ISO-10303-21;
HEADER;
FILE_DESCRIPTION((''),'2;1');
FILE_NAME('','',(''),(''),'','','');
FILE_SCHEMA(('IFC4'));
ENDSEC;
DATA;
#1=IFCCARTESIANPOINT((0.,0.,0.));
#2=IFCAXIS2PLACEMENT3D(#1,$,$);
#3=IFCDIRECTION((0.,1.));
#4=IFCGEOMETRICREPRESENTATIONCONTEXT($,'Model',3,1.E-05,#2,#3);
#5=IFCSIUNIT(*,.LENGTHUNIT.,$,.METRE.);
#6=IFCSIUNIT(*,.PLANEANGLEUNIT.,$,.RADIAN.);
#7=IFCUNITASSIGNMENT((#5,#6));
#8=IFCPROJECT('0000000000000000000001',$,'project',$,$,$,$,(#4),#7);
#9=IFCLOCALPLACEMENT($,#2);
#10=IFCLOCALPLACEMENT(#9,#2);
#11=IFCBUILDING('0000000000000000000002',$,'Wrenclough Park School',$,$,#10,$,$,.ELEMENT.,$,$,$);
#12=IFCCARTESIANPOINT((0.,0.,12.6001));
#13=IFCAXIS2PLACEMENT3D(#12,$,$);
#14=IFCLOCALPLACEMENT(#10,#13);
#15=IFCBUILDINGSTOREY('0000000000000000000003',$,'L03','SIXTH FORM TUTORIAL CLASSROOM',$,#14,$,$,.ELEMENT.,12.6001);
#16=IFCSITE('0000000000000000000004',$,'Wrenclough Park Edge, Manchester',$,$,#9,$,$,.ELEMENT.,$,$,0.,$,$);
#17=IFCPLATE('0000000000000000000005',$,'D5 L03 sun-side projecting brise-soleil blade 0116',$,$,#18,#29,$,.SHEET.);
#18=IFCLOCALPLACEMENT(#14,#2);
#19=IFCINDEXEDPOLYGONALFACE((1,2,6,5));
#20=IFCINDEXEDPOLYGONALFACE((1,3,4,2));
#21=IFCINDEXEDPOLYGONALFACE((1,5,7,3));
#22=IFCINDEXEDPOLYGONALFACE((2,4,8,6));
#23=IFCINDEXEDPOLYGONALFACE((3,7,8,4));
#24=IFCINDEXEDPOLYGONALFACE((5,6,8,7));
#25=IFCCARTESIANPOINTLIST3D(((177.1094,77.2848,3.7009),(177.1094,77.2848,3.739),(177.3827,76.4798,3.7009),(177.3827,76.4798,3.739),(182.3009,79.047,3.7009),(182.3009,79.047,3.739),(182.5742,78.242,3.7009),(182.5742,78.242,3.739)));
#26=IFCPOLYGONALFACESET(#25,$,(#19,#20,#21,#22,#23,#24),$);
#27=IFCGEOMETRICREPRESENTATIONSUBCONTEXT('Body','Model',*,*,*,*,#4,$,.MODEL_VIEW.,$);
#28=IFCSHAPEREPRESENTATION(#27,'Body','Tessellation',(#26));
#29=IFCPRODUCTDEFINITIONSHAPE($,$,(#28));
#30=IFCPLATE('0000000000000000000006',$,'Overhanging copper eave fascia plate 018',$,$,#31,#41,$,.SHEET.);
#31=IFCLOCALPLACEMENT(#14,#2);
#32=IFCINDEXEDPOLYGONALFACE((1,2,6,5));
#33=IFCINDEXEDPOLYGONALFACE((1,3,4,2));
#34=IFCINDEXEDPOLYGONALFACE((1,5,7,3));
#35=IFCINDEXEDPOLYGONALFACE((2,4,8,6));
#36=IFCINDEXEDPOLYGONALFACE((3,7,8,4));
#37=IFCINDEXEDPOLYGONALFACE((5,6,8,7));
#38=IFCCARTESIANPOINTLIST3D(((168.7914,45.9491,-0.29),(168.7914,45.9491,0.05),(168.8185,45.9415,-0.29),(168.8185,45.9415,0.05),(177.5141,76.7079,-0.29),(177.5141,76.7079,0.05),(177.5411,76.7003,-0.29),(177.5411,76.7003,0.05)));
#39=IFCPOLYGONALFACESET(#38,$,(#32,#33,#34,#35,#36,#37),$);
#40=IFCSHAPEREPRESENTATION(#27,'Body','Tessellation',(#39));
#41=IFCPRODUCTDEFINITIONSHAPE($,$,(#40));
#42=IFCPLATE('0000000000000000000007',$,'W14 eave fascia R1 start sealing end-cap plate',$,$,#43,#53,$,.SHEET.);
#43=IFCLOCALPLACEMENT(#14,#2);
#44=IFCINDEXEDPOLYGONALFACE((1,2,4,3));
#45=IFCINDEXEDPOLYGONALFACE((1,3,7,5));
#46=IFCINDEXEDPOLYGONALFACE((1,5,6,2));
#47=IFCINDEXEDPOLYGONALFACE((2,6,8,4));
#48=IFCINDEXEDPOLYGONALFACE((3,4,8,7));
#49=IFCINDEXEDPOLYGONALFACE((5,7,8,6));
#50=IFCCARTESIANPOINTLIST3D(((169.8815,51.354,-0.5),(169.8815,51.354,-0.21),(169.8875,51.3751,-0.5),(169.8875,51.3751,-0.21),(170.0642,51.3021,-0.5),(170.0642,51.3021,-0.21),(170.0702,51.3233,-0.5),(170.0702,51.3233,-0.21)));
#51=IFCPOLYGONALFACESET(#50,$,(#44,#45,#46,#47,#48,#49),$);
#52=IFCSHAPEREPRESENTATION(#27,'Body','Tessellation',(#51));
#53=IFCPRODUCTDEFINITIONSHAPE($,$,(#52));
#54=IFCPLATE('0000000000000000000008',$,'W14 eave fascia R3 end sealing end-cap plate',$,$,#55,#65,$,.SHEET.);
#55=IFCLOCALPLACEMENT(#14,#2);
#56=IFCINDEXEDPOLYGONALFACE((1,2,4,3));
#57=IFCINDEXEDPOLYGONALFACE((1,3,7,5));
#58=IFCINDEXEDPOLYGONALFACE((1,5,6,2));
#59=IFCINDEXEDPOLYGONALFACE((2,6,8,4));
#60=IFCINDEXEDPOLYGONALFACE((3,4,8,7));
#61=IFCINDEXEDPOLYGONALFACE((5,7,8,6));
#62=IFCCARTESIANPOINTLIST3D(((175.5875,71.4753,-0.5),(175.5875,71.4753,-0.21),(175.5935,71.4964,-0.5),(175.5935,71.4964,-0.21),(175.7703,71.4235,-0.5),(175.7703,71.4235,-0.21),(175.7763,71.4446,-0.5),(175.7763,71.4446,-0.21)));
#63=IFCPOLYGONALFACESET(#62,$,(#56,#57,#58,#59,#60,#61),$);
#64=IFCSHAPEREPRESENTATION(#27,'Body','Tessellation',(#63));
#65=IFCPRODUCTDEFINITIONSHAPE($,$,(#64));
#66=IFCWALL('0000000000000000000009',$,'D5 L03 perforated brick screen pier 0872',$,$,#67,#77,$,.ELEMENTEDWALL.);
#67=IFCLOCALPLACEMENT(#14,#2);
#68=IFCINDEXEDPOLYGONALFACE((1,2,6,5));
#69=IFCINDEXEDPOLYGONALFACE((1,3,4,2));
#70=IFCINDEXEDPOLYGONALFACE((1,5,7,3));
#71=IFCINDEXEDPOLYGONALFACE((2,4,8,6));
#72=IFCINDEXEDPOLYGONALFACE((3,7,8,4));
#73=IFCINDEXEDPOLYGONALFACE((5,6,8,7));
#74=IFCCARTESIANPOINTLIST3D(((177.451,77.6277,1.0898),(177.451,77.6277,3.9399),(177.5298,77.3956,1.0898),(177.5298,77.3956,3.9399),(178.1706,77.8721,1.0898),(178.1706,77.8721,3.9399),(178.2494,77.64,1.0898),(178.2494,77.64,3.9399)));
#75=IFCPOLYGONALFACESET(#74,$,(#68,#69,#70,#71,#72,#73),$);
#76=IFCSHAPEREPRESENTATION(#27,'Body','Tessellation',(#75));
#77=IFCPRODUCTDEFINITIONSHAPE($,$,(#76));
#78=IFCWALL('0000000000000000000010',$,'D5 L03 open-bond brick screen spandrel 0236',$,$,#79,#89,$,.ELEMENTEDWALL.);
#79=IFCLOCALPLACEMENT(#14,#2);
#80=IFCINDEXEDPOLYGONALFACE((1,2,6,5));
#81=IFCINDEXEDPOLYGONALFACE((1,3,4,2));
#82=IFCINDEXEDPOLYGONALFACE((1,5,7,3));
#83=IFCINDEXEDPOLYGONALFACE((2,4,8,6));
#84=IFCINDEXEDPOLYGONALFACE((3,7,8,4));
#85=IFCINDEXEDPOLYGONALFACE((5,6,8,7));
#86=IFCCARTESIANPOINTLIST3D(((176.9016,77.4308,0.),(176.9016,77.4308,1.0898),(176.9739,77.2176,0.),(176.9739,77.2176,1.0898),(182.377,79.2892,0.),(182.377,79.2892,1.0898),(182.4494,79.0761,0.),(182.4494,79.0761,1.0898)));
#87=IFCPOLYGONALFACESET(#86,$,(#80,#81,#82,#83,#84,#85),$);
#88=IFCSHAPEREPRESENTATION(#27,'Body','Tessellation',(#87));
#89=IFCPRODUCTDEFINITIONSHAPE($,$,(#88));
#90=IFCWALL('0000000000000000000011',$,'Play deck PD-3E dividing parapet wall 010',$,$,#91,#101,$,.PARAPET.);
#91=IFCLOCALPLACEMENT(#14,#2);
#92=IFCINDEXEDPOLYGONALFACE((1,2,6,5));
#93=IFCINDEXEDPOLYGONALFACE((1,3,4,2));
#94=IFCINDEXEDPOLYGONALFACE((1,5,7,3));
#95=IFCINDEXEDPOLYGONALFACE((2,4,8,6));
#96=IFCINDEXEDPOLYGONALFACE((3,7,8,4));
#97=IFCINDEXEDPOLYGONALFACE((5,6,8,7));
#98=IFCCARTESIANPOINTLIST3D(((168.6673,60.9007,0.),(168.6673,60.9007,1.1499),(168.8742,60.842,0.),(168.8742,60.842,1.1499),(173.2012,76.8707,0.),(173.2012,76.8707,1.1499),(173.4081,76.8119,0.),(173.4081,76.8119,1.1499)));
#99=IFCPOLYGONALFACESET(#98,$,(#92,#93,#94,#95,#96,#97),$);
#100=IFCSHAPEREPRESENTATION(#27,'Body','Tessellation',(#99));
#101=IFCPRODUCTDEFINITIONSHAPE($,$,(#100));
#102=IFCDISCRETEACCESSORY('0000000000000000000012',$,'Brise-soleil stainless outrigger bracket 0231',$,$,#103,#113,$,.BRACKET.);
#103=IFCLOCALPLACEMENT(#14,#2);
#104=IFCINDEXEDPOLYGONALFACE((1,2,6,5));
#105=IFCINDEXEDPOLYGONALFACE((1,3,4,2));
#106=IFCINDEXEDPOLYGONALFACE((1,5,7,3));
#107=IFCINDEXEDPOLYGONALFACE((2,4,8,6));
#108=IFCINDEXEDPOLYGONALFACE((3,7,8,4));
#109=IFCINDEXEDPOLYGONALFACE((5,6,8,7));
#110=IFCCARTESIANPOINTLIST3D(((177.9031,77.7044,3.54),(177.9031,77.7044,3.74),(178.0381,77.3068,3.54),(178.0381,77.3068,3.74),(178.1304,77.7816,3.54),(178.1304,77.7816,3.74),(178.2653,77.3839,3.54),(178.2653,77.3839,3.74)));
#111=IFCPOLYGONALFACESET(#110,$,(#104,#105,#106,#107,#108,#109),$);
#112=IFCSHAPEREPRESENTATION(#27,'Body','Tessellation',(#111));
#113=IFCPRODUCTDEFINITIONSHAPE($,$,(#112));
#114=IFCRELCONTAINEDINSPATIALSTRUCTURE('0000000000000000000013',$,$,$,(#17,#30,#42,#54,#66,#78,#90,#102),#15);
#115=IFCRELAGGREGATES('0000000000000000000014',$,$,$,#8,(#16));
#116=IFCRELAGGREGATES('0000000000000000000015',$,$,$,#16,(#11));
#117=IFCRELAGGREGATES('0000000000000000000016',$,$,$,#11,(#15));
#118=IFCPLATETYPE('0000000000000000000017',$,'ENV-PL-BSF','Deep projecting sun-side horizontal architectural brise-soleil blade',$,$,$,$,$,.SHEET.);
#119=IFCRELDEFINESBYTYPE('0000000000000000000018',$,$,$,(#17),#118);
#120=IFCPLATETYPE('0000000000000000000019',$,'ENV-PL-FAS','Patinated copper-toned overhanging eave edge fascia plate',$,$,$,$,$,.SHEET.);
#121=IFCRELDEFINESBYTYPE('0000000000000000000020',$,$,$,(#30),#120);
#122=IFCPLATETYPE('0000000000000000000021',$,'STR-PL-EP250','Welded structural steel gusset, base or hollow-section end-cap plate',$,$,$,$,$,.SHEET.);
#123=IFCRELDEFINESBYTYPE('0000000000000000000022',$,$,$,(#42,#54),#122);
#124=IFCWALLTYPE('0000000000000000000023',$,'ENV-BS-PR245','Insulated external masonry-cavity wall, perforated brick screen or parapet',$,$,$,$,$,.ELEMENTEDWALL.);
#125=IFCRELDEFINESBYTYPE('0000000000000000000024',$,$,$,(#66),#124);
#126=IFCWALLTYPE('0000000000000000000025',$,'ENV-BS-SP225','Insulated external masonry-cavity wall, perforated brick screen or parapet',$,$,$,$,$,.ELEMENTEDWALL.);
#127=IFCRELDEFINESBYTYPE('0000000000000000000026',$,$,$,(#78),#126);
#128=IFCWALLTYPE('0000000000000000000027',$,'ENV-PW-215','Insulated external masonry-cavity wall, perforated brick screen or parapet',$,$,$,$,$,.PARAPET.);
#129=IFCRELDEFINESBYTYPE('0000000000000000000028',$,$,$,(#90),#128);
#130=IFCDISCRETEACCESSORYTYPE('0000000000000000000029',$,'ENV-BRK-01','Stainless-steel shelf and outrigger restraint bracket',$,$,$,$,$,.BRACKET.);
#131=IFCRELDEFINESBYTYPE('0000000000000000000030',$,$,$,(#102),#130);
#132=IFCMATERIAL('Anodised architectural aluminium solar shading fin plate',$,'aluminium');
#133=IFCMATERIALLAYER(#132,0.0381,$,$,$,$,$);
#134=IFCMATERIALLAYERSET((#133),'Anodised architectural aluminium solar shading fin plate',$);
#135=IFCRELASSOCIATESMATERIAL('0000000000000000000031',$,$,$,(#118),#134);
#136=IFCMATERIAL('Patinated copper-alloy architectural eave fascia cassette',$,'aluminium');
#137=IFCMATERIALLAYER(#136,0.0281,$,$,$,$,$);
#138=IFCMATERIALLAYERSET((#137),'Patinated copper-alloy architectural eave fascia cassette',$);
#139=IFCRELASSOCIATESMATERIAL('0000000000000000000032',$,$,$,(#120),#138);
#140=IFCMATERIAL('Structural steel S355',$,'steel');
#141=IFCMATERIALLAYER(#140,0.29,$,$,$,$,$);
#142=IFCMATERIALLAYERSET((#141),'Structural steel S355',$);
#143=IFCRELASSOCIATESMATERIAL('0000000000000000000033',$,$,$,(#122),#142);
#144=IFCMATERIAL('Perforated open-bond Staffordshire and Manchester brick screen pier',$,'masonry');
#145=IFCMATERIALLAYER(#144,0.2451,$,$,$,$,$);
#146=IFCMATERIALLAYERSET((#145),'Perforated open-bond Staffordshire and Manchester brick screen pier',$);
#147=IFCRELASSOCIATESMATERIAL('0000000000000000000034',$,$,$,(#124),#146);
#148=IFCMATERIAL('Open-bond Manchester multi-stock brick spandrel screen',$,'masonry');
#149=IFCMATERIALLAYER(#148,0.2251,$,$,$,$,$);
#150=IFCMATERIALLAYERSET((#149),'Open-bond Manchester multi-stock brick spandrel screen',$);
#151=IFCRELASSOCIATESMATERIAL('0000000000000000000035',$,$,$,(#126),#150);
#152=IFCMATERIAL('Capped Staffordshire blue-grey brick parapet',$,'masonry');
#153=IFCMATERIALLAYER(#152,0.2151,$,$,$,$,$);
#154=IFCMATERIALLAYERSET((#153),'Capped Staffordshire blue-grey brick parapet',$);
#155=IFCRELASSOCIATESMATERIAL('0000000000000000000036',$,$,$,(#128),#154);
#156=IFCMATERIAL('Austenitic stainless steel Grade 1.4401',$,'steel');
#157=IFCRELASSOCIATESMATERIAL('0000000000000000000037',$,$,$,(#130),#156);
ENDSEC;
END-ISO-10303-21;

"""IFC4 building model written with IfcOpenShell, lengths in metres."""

from ifc_helpers import new_model, si_unit, direction, frame, frame_2d, origin, origin_2d, place, context, subcontext, project, spatial, rectangle, extrude, material, layer, layer_set, type_object, element, save


model = new_model("IFC4")

# Units and contexts
model_context = context("Model", 3, precision=1e-05, world=origin(), true_north=direction((0.0, 1.0)))
body_context = subcontext(model_context, "Body", "Model", "MODEL_VIEW")
ifc_project = project(units=[si_unit("LENGTHUNIT", "METRE"), si_unit("PLANEANGLEUNIT", "RADIAN")], contexts=[model_context])

# Site, building, storey
site_placement = place(None, origin())
site = spatial("IfcSite", under=ifc_project, at=site_placement, Name="Wrenclough Park Edge, Manchester", CompositionType="ELEMENT", RefElevation=0.0)
building_placement = place(site_placement, origin())
building = spatial("IfcBuilding", under=site, at=building_placement, Name="Wrenclough Park School", CompositionType="ELEMENT")
storey_placement = place(building_placement, frame((0.0, 0.0, 12.6001)))
storey = spatial("IfcBuildingStorey", under=building, at=storey_placement, Name="L03", Description="SIXTH FORM TUTORIAL CLASSROOM", CompositionType="ELEMENT", Elevation=12.6001)

# Shared definitions
ifc_material_1 = material(Name="Structural steel S355", Category="steel")

# Plates
ifc_material_2 = material(Name="Anodised architectural aluminium solar shading fin plate", Category="aluminium")
ifc_layer_1 = layer(ifc_material_2, 0.0381)
ifc_layer_set_1 = layer_set([ifc_layer_1], Name="Anodised architectural aluminium solar shading fin plate")
plate_type_1 = type_object("IfcPlateType", Name="ENV-PL-BSF", Description="Deep projecting sun-side horizontal architectural brise-soleil blade", PredefinedType="SHEET", material=ifc_layer_set_1)
plate_1_placement = place(storey_placement, frame((179.8418, 77.7634, 3.7009), z_axis=(0.0, 0.0, 1.0), x_axis=(0.946934, 0.321427, 0.0)))
element("IfcPlate", 1, at=plate_1_placement, inside=storey, type_object=plate_type_1, Name="D5 L03 sun-side projecting brise-soleil blade 0116", PredefinedType="SHEET", context=body_context, shape_type="SweptSolid", body=[
    extrude(rectangle(XDim=5.4824, YDim=0.8501, at=origin_2d()), origin(), (0.0, 0.0, 1.0), 0.0381),
])
ifc_material_3 = material(Name="Patinated copper-alloy architectural eave fascia cassette", Category="aluminium")
ifc_layer_2 = layer(ifc_material_3, 0.0281)
ifc_layer_set_2 = layer_set([ifc_layer_2], Name="Patinated copper-alloy architectural eave fascia cassette")
plate_type_2 = type_object("IfcPlateType", Name="ENV-PL-FAS", Description="Patinated copper-toned overhanging eave edge fascia plate", PredefinedType="SHEET", material=ifc_layer_set_2)
plate_2_placement = place(storey_placement, frame((173.1663, 61.3247, -0.29), z_axis=(0.0, 0.0, 1.0), x_axis=(0.272824, 0.962064, 0.0)))
element("IfcPlate", 2, at=plate_2_placement, inside=storey, type_object=plate_type_2, Name="Overhanging copper eave fascia plate 018", PredefinedType="SHEET", context=body_context, shape_type="SweptSolid", body=[
    extrude(rectangle(XDim=31.9717, YDim=0.0281, at=origin_2d()), origin(), (0.0, 0.0, 1.0), 0.3401),
])
ifc_layer_3 = layer(ifc_material_1, 0.29)
ifc_layer_set_3 = layer_set([ifc_layer_3], Name="Structural steel S355")
plate_type_3 = type_object("IfcPlateType", Name="STR-PL-EP250", Description="Welded structural steel gusset, base or hollow-section end-cap plate", PredefinedType="SHEET", material=ifc_layer_set_3)
for number, where, z_axis, x_axis, name in (
    (3, (169.9758, 51.3386, -0.5), (0.0, 0.0, 1.0), (0.272784, 0.962075, 0.0), "W14 eave fascia R1 start sealing end-cap plate"),
    (4, (175.6819, 71.46, -0.5), (0.0, 0.0, 1.0), (0.272784, 0.962075, 0.0), "W14 eave fascia R3 end sealing end-cap plate"),
):
    element("IfcPlate", number, at=place(storey_placement, frame(where, z_axis=z_axis, x_axis=x_axis)), inside=storey, type_object=plate_type_3, Name=name, PredefinedType="SHEET", context=body_context, shape_type="SweptSolid", body=[
        extrude(rectangle(XDim=0.022, YDim=0.1899, at=origin_2d()), origin(), (0.0, 0.0, 1.0), 0.29),
    ])

# Walls
ifc_material_4 = material(Name="Perforated open-bond Staffordshire and Manchester brick screen pier", Category="masonry")
ifc_layer_4 = layer(ifc_material_4, 0.2451)
ifc_layer_set_4 = layer_set([ifc_layer_4], Name="Perforated open-bond Staffordshire and Manchester brick screen pier")
wall_type_1 = type_object("IfcWallType", Name="ENV-BS-PR245", Description="Insulated external masonry-cavity wall, perforated brick screen or parapet", PredefinedType="ELEMENTEDWALL", material=ifc_layer_set_4)
wall_1_placement = place(storey_placement, frame((177.4905, 77.5117, 1.0898), z_axis=(0.0, 0.0, 1.0), x_axis=(0.946902, 0.321523, 0.0)))
element("IfcWall", 5, at=wall_1_placement, inside=storey, type_object=wall_type_1, Name="D5 L03 perforated brick screen pier 0872", PredefinedType="ELEMENTEDWALL", context=body_context, shape_type="SweptSolid", body=[
    extrude(rectangle(XDim=0.76, YDim=0.2451, at=frame_2d((0.3799, 0.0))), origin(), (0.0, 0.0, 1.0), 2.8501),
])
ifc_material_5 = material(Name="Open-bond Manchester multi-stock brick spandrel screen", Category="masonry")
ifc_layer_5 = layer(ifc_material_5, 0.2251)
ifc_layer_set_5 = layer_set([ifc_layer_5], Name="Open-bond Manchester multi-stock brick spandrel screen")
wall_type_2 = type_object("IfcWallType", Name="ENV-BS-SP225", Description="Insulated external masonry-cavity wall, perforated brick screen or parapet", PredefinedType="ELEMENTEDWALL", material=ifc_layer_set_5)
wall_2_placement = place(storey_placement, frame((176.9377, 77.3242, 0.0), z_axis=(0.0, 0.0, 1.0), x_axis=(0.946942, 0.321404, 0.0)))
element("IfcWall", 6, at=wall_2_placement, inside=storey, type_object=wall_type_2, Name="D5 L03 open-bond brick screen spandrel 0236", PredefinedType="ELEMENTEDWALL", context=body_context, shape_type="SweptSolid", body=[
    extrude(rectangle(XDim=5.7822, YDim=0.2251, at=frame_2d((2.8911, 0.0))), origin(), (0.0, 0.0, 1.0), 1.0898),
])

# Wall
ifc_material_6 = material(Name="Capped Staffordshire blue-grey brick parapet", Category="masonry")
ifc_layer_6 = layer(ifc_material_6, 0.2151)
ifc_layer_set_6 = layer_set([ifc_layer_6], Name="Capped Staffordshire blue-grey brick parapet")
wall_type_3 = type_object("IfcWallType", Name="ENV-PW-215", Description="Insulated external masonry-cavity wall, perforated brick screen or parapet", PredefinedType="PARAPET", material=ifc_layer_set_6)
wall_3_placement = place(storey_placement, frame((168.7708, 60.8713, 0.0), z_axis=(0.0, 0.0, 1.0), x_axis=(0.273111, 0.961983, 0.0)))
element("IfcWall", 7, at=wall_3_placement, inside=storey, type_object=wall_type_3, Name="Play deck PD-3E dividing parapet wall 010", PredefinedType="PARAPET", context=body_context, shape_type="SweptSolid", body=[
    extrude(rectangle(XDim=16.6011, YDim=0.2151, at=frame_2d((8.3005, 0.0))), origin(), (0.0, 0.0, 1.0), 1.1499),
])

# Discrete accessory
ifc_material_7 = material(Name="Austenitic stainless steel Grade 1.4401", Category="steel")
discrete_accessory_type = type_object("IfcDiscreteAccessoryType", Name="ENV-BRK-01", Description="Stainless-steel shelf and outrigger restraint bracket", PredefinedType="BRACKET", material=ifc_material_7)
discrete_accessory_placement = place(storey_placement, frame((178.0842, 77.5442, 3.54), z_axis=(0.0, 0.0, 1.0), x_axis=(0.946934, 0.321427, 0.0)))
element("IfcDiscreteAccessory", 8, at=discrete_accessory_placement, inside=storey, type_object=discrete_accessory_type, Name="Brise-soleil stainless outrigger bracket 0231", PredefinedType="BRACKET", context=body_context, shape_type="SweptSolid", body=[
    extrude(rectangle(XDim=0.24, YDim=0.4199, at=origin_2d()), origin(), (0.0, 0.0, 1.0), 0.2),
])

save(model, "model.ifc")
